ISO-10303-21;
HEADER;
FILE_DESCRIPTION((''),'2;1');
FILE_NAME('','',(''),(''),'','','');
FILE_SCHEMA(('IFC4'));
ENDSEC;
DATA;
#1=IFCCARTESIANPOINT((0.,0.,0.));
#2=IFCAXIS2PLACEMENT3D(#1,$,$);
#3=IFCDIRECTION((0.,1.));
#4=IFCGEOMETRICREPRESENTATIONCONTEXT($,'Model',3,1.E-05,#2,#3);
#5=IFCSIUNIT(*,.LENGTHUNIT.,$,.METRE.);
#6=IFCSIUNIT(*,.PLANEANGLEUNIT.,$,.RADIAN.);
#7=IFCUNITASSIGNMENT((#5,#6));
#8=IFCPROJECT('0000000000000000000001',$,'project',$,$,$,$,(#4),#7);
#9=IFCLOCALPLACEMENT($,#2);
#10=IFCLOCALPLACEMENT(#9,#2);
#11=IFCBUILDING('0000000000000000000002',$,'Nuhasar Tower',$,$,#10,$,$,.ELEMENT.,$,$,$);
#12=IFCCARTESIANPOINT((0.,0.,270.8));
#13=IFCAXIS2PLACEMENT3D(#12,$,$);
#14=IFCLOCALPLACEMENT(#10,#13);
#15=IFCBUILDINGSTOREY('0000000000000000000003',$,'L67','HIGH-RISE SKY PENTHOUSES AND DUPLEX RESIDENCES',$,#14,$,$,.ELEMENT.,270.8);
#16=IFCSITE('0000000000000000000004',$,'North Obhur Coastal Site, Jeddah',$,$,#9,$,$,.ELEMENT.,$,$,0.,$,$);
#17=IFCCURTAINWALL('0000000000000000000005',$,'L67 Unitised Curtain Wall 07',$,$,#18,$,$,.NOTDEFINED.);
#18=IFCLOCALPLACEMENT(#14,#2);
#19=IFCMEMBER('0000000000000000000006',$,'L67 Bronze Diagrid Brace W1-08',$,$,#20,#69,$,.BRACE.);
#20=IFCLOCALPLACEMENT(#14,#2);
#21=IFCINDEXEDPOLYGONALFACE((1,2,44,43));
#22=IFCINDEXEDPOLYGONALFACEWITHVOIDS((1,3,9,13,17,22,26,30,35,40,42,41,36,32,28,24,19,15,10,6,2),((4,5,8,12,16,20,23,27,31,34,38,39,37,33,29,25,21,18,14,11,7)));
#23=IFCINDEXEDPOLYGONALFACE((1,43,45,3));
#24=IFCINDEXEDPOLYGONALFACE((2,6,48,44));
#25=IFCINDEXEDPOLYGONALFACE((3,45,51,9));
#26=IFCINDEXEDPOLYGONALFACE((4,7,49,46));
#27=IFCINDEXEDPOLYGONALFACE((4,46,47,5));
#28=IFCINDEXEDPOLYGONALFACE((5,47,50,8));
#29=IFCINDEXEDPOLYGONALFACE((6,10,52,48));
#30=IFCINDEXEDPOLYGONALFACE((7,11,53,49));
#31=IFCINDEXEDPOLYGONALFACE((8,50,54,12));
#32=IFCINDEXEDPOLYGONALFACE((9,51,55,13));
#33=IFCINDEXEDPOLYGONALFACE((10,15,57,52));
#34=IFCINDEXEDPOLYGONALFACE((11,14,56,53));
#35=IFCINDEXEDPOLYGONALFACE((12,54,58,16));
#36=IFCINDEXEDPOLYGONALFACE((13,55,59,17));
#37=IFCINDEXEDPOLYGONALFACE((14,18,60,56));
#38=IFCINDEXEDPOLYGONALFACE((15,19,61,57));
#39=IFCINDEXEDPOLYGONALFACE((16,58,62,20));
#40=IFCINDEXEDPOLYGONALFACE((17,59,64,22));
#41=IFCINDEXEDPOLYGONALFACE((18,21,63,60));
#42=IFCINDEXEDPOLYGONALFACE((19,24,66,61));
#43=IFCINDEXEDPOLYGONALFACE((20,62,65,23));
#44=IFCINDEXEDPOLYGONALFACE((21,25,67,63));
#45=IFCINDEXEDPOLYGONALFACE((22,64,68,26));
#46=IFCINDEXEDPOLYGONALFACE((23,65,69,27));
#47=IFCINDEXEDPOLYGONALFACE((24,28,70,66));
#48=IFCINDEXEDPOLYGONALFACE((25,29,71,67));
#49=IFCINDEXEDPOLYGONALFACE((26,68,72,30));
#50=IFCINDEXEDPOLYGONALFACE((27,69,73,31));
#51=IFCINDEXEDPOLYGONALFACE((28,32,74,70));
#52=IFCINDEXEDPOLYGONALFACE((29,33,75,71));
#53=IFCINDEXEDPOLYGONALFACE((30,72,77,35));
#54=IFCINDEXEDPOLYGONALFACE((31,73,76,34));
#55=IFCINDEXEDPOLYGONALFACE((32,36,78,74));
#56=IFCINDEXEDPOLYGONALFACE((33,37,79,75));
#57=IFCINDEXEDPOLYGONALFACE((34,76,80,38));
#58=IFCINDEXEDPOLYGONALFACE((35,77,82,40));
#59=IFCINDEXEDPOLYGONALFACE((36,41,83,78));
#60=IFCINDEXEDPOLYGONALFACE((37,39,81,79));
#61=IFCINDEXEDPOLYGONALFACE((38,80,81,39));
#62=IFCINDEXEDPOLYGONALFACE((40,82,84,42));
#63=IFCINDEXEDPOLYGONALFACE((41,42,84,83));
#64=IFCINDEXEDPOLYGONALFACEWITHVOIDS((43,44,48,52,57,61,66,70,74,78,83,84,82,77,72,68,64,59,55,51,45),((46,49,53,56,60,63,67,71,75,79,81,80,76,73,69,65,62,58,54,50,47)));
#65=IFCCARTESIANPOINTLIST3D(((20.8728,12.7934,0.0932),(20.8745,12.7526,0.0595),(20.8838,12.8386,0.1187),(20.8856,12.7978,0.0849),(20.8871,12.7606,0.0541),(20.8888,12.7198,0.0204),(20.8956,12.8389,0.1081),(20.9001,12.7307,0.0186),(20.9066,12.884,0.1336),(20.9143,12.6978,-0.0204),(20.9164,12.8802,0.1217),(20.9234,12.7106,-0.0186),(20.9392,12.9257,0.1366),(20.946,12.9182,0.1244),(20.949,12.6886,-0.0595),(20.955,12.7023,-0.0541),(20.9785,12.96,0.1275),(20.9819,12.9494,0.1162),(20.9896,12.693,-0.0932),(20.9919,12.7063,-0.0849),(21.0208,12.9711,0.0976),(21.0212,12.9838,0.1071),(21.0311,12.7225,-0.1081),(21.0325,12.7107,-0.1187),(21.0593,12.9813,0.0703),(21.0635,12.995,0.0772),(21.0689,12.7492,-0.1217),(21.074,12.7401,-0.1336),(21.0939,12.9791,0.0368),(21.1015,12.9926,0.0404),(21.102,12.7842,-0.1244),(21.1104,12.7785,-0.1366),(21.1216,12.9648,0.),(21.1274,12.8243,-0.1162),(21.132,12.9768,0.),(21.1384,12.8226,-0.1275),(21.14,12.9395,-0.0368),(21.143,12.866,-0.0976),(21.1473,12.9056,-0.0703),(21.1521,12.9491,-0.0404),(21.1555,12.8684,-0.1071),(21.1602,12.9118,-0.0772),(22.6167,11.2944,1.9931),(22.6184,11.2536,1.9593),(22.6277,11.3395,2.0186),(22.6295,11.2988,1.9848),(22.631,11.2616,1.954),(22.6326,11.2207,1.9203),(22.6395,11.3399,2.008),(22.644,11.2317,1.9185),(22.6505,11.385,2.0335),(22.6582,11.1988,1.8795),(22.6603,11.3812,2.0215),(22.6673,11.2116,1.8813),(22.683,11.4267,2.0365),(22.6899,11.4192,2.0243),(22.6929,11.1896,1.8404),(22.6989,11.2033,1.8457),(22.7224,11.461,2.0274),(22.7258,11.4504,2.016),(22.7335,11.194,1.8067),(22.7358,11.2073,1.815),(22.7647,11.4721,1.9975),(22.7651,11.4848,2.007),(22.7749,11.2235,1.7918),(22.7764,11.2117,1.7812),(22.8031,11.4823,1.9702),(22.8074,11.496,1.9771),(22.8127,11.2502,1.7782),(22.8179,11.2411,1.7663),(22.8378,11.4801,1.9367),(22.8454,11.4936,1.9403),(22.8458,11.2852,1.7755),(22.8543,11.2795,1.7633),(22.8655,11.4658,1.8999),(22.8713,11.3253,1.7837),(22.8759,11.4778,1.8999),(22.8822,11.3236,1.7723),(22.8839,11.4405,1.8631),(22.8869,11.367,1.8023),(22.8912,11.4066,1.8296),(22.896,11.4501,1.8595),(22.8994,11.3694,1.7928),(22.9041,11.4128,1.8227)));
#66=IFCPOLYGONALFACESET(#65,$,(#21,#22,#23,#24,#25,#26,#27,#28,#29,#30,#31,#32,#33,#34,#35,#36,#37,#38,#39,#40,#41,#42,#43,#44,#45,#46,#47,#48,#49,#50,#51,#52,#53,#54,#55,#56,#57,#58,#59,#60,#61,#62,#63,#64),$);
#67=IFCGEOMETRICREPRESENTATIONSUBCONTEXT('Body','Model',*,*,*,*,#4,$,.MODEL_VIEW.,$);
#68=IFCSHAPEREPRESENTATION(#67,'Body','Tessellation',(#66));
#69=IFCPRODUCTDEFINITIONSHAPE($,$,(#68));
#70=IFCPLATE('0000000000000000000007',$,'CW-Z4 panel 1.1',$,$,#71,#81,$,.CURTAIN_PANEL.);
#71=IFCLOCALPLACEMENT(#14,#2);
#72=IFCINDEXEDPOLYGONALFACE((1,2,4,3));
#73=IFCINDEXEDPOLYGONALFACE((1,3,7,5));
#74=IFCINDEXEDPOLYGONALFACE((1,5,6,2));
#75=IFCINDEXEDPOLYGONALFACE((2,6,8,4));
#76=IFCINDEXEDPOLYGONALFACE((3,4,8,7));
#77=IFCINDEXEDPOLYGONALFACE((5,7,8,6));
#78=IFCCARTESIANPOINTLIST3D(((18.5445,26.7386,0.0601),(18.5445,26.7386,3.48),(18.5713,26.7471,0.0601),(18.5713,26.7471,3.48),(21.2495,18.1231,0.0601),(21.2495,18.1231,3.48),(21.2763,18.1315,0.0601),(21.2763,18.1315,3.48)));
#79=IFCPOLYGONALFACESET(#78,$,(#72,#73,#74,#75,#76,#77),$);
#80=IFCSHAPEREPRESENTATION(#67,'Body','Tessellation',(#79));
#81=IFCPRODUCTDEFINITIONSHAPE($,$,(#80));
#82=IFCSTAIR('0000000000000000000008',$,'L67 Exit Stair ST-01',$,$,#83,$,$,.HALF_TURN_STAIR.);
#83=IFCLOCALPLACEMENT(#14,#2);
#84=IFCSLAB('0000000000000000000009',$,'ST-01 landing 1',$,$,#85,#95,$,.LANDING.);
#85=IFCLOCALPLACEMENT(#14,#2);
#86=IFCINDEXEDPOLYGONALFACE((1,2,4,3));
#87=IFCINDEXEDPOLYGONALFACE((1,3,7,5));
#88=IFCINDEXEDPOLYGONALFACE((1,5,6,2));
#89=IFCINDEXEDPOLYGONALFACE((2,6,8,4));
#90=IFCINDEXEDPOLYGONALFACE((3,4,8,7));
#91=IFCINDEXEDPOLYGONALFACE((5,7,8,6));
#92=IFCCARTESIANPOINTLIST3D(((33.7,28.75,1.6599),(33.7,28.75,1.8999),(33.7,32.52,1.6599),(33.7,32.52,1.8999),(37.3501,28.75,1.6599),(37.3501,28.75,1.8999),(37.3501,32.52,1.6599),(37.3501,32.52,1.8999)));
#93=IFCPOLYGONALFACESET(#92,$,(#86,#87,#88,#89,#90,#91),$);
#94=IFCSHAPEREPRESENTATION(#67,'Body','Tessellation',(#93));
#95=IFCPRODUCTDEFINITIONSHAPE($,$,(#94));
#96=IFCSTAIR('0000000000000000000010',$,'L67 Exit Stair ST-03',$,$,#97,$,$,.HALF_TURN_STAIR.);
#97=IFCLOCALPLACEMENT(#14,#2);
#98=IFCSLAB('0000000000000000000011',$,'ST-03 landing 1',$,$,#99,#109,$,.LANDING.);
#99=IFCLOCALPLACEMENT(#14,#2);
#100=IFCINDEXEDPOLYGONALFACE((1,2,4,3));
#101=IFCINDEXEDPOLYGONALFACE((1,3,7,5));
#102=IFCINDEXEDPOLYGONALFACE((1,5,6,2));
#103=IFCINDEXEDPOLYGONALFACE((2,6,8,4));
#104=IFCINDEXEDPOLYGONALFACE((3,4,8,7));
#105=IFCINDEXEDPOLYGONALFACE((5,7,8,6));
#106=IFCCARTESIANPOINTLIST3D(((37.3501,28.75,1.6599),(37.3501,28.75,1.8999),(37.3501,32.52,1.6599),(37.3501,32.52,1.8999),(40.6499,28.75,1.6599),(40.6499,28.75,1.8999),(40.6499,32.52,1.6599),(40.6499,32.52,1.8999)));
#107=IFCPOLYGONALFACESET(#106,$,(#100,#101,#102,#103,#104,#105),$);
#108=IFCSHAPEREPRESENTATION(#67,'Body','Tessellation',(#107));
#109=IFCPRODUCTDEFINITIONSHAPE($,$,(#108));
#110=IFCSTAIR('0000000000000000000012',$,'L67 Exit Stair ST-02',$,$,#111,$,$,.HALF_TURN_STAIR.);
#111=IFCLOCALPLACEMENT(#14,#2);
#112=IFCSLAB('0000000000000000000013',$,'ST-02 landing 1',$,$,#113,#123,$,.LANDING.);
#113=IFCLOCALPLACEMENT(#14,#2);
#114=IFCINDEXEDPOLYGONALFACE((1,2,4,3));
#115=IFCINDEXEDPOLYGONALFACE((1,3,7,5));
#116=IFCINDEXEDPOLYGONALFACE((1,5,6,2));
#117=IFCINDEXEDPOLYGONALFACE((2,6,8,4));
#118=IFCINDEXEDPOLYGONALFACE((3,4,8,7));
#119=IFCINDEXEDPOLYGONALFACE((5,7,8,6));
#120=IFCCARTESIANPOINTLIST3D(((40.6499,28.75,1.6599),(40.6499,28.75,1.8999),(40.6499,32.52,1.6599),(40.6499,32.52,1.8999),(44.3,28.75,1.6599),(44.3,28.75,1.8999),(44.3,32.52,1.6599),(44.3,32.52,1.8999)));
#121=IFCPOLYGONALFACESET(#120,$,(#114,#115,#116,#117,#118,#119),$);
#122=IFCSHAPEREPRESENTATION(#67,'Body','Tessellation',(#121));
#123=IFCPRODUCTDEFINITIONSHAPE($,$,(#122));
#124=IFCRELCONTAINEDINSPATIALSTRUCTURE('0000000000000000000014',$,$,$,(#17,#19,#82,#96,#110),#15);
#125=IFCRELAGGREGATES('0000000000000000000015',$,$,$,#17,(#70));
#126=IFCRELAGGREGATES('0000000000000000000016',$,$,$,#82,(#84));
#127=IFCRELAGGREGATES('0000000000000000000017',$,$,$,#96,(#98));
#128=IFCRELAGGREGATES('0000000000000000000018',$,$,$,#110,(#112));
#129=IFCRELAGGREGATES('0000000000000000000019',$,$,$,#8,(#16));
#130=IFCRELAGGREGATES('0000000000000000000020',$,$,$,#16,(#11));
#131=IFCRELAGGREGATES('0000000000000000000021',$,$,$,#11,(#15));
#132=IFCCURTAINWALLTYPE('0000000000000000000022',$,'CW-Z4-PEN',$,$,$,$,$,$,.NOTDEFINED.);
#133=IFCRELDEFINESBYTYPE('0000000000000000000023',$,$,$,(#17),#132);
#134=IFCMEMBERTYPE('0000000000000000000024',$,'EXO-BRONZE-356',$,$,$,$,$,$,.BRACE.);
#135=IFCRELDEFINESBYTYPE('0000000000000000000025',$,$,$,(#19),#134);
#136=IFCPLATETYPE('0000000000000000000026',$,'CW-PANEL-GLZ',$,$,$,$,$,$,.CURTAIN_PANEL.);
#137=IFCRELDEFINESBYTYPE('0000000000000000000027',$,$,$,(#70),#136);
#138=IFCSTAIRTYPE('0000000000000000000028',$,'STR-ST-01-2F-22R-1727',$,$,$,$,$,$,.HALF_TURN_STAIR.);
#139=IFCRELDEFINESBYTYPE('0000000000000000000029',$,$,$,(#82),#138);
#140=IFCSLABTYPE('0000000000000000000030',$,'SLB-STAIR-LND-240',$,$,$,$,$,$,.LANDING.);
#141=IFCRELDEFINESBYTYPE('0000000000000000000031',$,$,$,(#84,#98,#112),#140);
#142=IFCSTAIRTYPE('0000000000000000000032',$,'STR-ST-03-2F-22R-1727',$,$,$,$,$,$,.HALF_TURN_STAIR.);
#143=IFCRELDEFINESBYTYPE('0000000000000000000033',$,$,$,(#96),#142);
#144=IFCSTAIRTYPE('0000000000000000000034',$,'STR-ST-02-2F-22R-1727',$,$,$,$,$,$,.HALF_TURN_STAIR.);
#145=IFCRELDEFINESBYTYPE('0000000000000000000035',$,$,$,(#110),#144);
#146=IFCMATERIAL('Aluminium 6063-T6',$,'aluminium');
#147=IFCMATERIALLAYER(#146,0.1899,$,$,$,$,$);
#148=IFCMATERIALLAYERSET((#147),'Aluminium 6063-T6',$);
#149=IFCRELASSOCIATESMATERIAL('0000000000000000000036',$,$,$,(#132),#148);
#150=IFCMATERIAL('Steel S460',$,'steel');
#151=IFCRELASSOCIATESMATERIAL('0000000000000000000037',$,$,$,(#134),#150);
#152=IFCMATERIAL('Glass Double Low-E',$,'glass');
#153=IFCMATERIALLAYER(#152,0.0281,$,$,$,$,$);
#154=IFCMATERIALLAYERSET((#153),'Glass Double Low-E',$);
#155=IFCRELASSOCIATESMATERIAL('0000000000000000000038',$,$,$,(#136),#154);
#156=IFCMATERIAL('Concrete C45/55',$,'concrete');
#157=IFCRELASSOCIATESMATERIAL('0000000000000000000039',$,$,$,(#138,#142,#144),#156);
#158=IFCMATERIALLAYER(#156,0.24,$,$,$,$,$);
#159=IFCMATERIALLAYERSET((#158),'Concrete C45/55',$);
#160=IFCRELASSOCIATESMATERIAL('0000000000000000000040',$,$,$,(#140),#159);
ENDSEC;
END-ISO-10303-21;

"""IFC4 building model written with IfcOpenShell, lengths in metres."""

from ifc_helpers import new_model, si_unit, direction, frame, origin, origin_2d, place, context, subcontext, project, spatial, polyline, rectangle, hollow_circle, outline, extrude, material, layer, layer_set, material_profile, profile_set, type_object, element, aggregate, save


model = new_model("IFC4")

# Units and contexts
model_context = context("Model", 3, precision=1e-05, world=origin(), true_north=direction((0.0, 1.0)))
body_context = subcontext(model_context, "Body", "Model", "MODEL_VIEW")
ifc_project = project(units=[si_unit("LENGTHUNIT", "METRE"), si_unit("PLANEANGLEUNIT", "RADIAN")], contexts=[model_context])

# Site, building, storey
site_placement = place(None, origin())
site = spatial("IfcSite", under=ifc_project, at=site_placement, Name="North Obhur Coastal Site, Jeddah", CompositionType="ELEMENT", RefElevation=0.0)
building_placement = place(site_placement, origin())
building = spatial("IfcBuilding", under=site, at=building_placement, Name="Nuhasar Tower", CompositionType="ELEMENT")
storey_placement = place(building_placement, frame((0.0, 0.0, 270.8)))
storey = spatial("IfcBuildingStorey", under=building, at=storey_placement, Name="L67", Description="HIGH-RISE SKY PENTHOUSES AND DUPLEX RESIDENCES", CompositionType="ELEMENT", Elevation=270.8)

# Curtain wall
ifc_material_1 = material(Name="Aluminium 6063-T6", Category="aluminium")
ifc_layer_1 = layer(ifc_material_1, 0.1899)
ifc_layer_set_1 = layer_set([ifc_layer_1], Name="Aluminium 6063-T6")
curtain_wall_type = type_object("IfcCurtainWallType", Name="CW-Z4-PEN", PredefinedType="NOTDEFINED", material=ifc_layer_set_1)
curtain_wall_1_placement = place(storey_placement, origin())
curtain_wall_1 = element("IfcCurtainWall", 1, at=curtain_wall_1_placement, inside=storey, type_object=curtain_wall_type, Name="L67 Unitised Curtain Wall 07", PredefinedType="NOTDEFINED")

# Member
ifc_material_2 = material(Name="Steel S460", Category="steel")
ifc_material_profile_1 = material_profile(ifc_material_2, hollow_circle(Radius=0.1777, WallThickness=0.0159, at=origin_2d()), Name="HSS355.6X15.9")
ifc_profile_set_1 = profile_set([ifc_material_profile_1], Name="Steel S460")
member_type_1 = type_object("IfcMemberType", Name="EXO-BRONZE-356", PredefinedType="BRACE", material=ifc_profile_set_1)
for number, where, z_axis, x_axis, name in (
    (2, (21.0161, 12.842, 0.0), (0.584625, -0.502534, 0.636925), (0.651857, 0.758342, 0.0), "L67 Bronze Diagrid Brace W1-08"),
):
    element("IfcMember", number, at=place(storey_placement, frame(where, z_axis=z_axis, x_axis=x_axis)), inside=storey, type_object=member_type_1, Name=name, PredefinedType="BRACE", context=body_context, shape_type="SweptSolid", body=[
        extrude(hollow_circle(Radius=0.1777, WallThickness=0.0159, at=origin_2d()), origin(), (0.0, 0.0, 1.0), 2.9829),
    ])

# Plate
ifc_material_3 = material(Name="Glass Double Low-E", Category="glass")
ifc_layer_2 = layer(ifc_material_3, 0.0281)
ifc_layer_set_2 = layer_set([ifc_layer_2], Name="Glass Double Low-E")
plate_type = type_object("IfcPlateType", Name="CW-PANEL-GLZ", PredefinedType="CURTAIN_PANEL", material=ifc_layer_set_2)
plate_placement = place(storey_placement, frame((19.9104, 22.4351, 0.0601), z_axis=(0.0, 0.0, 1.0), x_axis=(0.299557, -0.954079, 0.0)))
plate = element("IfcPlate", 3, at=plate_placement, type_object=plate_type, Name="CW-Z4 panel 1.1", PredefinedType="CURTAIN_PANEL", context=body_context, shape_type="SweptSolid", body=[
    extrude(rectangle(XDim=9.0303, YDim=0.0281, at=origin_2d()), origin(), (0.0, 0.0, 1.0), 3.4199),
])
aggregate(curtain_wall_1, [plate])

# Stairs, slabs
ifc_material_4 = material(Name="Concrete C45/55", Category="concrete")
stair_type_1 = type_object("IfcStairType", Name="STR-ST-01-2F-22R-1727", PredefinedType="HALF_TURN_STAIR", material=ifc_material_4)
stair_1_placement = place(storey_placement, origin())
stair_1 = element("IfcStair", 4, at=stair_1_placement, inside=storey, type_object=stair_type_1, Name="L67 Exit Stair ST-01", PredefinedType="HALF_TURN_STAIR")
ifc_layer_3 = layer(ifc_material_4, 0.24)
ifc_layer_set_3 = layer_set([ifc_layer_3], Name="Concrete C45/55")
slab_type_1 = type_object("IfcSlabType", Name="SLB-STAIR-LND-240", PredefinedType="LANDING", material=ifc_layer_set_3)
slab_1_placement = place(storey_placement, frame((0.0, 0.0, 1.6599)))
slab_1 = element("IfcSlab", 5, at=slab_1_placement, type_object=slab_type_1, Name="ST-01 landing 1", PredefinedType="LANDING", context=body_context, shape_type="SweptSolid", body=[
    extrude(outline(polyline([(33.7, 28.75), (37.3501, 28.75), (37.3501, 32.52), (33.7, 32.52), (33.7, 28.75)])), origin(), (0.0, 0.0, 1.0), 0.24),
])
aggregate(stair_1, [slab_1])
stair_type_2 = type_object("IfcStairType", Name="STR-ST-03-2F-22R-1727", PredefinedType="HALF_TURN_STAIR", material=ifc_material_4)
stair_2_placement = place(storey_placement, origin())
stair_2 = element("IfcStair", 6, at=stair_2_placement, inside=storey, type_object=stair_type_2, Name="L67 Exit Stair ST-03", PredefinedType="HALF_TURN_STAIR")
slab_2_placement = place(storey_placement, frame((0.0, 0.0, 1.6599)))
slab_2 = element("IfcSlab", 7, at=slab_2_placement, type_object=slab_type_1, Name="ST-03 landing 1", PredefinedType="LANDING", context=body_context, shape_type="SweptSolid", body=[
    extrude(outline(polyline([(37.3501, 28.75), (40.6499, 28.75), (40.6499, 32.52), (37.3501, 32.52), (37.3501, 28.75)])), origin(), (0.0, 0.0, 1.0), 0.24),
])
aggregate(stair_2, [slab_2])
stair_type_3 = type_object("IfcStairType", Name="STR-ST-02-2F-22R-1727", PredefinedType="HALF_TURN_STAIR", material=ifc_material_4)
stair_3_placement = place(storey_placement, origin())
stair_3 = element("IfcStair", 8, at=stair_3_placement, inside=storey, type_object=stair_type_3, Name="L67 Exit Stair ST-02", PredefinedType="HALF_TURN_STAIR")
slab_3_placement = place(storey_placement, frame((0.0, 0.0, 1.6599)))
slab_3 = element("IfcSlab", 9, at=slab_3_placement, type_object=slab_type_1, Name="ST-02 landing 1", PredefinedType="LANDING", context=body_context, shape_type="SweptSolid", body=[
    extrude(outline(polyline([(40.6499, 28.75), (44.3, 28.75), (44.3, 32.52), (40.6499, 32.52), (40.6499, 28.75)])), origin(), (0.0, 0.0, 1.0), 0.24),
])
aggregate(stair_3, [slab_3])

save(model, "model.ifc")
